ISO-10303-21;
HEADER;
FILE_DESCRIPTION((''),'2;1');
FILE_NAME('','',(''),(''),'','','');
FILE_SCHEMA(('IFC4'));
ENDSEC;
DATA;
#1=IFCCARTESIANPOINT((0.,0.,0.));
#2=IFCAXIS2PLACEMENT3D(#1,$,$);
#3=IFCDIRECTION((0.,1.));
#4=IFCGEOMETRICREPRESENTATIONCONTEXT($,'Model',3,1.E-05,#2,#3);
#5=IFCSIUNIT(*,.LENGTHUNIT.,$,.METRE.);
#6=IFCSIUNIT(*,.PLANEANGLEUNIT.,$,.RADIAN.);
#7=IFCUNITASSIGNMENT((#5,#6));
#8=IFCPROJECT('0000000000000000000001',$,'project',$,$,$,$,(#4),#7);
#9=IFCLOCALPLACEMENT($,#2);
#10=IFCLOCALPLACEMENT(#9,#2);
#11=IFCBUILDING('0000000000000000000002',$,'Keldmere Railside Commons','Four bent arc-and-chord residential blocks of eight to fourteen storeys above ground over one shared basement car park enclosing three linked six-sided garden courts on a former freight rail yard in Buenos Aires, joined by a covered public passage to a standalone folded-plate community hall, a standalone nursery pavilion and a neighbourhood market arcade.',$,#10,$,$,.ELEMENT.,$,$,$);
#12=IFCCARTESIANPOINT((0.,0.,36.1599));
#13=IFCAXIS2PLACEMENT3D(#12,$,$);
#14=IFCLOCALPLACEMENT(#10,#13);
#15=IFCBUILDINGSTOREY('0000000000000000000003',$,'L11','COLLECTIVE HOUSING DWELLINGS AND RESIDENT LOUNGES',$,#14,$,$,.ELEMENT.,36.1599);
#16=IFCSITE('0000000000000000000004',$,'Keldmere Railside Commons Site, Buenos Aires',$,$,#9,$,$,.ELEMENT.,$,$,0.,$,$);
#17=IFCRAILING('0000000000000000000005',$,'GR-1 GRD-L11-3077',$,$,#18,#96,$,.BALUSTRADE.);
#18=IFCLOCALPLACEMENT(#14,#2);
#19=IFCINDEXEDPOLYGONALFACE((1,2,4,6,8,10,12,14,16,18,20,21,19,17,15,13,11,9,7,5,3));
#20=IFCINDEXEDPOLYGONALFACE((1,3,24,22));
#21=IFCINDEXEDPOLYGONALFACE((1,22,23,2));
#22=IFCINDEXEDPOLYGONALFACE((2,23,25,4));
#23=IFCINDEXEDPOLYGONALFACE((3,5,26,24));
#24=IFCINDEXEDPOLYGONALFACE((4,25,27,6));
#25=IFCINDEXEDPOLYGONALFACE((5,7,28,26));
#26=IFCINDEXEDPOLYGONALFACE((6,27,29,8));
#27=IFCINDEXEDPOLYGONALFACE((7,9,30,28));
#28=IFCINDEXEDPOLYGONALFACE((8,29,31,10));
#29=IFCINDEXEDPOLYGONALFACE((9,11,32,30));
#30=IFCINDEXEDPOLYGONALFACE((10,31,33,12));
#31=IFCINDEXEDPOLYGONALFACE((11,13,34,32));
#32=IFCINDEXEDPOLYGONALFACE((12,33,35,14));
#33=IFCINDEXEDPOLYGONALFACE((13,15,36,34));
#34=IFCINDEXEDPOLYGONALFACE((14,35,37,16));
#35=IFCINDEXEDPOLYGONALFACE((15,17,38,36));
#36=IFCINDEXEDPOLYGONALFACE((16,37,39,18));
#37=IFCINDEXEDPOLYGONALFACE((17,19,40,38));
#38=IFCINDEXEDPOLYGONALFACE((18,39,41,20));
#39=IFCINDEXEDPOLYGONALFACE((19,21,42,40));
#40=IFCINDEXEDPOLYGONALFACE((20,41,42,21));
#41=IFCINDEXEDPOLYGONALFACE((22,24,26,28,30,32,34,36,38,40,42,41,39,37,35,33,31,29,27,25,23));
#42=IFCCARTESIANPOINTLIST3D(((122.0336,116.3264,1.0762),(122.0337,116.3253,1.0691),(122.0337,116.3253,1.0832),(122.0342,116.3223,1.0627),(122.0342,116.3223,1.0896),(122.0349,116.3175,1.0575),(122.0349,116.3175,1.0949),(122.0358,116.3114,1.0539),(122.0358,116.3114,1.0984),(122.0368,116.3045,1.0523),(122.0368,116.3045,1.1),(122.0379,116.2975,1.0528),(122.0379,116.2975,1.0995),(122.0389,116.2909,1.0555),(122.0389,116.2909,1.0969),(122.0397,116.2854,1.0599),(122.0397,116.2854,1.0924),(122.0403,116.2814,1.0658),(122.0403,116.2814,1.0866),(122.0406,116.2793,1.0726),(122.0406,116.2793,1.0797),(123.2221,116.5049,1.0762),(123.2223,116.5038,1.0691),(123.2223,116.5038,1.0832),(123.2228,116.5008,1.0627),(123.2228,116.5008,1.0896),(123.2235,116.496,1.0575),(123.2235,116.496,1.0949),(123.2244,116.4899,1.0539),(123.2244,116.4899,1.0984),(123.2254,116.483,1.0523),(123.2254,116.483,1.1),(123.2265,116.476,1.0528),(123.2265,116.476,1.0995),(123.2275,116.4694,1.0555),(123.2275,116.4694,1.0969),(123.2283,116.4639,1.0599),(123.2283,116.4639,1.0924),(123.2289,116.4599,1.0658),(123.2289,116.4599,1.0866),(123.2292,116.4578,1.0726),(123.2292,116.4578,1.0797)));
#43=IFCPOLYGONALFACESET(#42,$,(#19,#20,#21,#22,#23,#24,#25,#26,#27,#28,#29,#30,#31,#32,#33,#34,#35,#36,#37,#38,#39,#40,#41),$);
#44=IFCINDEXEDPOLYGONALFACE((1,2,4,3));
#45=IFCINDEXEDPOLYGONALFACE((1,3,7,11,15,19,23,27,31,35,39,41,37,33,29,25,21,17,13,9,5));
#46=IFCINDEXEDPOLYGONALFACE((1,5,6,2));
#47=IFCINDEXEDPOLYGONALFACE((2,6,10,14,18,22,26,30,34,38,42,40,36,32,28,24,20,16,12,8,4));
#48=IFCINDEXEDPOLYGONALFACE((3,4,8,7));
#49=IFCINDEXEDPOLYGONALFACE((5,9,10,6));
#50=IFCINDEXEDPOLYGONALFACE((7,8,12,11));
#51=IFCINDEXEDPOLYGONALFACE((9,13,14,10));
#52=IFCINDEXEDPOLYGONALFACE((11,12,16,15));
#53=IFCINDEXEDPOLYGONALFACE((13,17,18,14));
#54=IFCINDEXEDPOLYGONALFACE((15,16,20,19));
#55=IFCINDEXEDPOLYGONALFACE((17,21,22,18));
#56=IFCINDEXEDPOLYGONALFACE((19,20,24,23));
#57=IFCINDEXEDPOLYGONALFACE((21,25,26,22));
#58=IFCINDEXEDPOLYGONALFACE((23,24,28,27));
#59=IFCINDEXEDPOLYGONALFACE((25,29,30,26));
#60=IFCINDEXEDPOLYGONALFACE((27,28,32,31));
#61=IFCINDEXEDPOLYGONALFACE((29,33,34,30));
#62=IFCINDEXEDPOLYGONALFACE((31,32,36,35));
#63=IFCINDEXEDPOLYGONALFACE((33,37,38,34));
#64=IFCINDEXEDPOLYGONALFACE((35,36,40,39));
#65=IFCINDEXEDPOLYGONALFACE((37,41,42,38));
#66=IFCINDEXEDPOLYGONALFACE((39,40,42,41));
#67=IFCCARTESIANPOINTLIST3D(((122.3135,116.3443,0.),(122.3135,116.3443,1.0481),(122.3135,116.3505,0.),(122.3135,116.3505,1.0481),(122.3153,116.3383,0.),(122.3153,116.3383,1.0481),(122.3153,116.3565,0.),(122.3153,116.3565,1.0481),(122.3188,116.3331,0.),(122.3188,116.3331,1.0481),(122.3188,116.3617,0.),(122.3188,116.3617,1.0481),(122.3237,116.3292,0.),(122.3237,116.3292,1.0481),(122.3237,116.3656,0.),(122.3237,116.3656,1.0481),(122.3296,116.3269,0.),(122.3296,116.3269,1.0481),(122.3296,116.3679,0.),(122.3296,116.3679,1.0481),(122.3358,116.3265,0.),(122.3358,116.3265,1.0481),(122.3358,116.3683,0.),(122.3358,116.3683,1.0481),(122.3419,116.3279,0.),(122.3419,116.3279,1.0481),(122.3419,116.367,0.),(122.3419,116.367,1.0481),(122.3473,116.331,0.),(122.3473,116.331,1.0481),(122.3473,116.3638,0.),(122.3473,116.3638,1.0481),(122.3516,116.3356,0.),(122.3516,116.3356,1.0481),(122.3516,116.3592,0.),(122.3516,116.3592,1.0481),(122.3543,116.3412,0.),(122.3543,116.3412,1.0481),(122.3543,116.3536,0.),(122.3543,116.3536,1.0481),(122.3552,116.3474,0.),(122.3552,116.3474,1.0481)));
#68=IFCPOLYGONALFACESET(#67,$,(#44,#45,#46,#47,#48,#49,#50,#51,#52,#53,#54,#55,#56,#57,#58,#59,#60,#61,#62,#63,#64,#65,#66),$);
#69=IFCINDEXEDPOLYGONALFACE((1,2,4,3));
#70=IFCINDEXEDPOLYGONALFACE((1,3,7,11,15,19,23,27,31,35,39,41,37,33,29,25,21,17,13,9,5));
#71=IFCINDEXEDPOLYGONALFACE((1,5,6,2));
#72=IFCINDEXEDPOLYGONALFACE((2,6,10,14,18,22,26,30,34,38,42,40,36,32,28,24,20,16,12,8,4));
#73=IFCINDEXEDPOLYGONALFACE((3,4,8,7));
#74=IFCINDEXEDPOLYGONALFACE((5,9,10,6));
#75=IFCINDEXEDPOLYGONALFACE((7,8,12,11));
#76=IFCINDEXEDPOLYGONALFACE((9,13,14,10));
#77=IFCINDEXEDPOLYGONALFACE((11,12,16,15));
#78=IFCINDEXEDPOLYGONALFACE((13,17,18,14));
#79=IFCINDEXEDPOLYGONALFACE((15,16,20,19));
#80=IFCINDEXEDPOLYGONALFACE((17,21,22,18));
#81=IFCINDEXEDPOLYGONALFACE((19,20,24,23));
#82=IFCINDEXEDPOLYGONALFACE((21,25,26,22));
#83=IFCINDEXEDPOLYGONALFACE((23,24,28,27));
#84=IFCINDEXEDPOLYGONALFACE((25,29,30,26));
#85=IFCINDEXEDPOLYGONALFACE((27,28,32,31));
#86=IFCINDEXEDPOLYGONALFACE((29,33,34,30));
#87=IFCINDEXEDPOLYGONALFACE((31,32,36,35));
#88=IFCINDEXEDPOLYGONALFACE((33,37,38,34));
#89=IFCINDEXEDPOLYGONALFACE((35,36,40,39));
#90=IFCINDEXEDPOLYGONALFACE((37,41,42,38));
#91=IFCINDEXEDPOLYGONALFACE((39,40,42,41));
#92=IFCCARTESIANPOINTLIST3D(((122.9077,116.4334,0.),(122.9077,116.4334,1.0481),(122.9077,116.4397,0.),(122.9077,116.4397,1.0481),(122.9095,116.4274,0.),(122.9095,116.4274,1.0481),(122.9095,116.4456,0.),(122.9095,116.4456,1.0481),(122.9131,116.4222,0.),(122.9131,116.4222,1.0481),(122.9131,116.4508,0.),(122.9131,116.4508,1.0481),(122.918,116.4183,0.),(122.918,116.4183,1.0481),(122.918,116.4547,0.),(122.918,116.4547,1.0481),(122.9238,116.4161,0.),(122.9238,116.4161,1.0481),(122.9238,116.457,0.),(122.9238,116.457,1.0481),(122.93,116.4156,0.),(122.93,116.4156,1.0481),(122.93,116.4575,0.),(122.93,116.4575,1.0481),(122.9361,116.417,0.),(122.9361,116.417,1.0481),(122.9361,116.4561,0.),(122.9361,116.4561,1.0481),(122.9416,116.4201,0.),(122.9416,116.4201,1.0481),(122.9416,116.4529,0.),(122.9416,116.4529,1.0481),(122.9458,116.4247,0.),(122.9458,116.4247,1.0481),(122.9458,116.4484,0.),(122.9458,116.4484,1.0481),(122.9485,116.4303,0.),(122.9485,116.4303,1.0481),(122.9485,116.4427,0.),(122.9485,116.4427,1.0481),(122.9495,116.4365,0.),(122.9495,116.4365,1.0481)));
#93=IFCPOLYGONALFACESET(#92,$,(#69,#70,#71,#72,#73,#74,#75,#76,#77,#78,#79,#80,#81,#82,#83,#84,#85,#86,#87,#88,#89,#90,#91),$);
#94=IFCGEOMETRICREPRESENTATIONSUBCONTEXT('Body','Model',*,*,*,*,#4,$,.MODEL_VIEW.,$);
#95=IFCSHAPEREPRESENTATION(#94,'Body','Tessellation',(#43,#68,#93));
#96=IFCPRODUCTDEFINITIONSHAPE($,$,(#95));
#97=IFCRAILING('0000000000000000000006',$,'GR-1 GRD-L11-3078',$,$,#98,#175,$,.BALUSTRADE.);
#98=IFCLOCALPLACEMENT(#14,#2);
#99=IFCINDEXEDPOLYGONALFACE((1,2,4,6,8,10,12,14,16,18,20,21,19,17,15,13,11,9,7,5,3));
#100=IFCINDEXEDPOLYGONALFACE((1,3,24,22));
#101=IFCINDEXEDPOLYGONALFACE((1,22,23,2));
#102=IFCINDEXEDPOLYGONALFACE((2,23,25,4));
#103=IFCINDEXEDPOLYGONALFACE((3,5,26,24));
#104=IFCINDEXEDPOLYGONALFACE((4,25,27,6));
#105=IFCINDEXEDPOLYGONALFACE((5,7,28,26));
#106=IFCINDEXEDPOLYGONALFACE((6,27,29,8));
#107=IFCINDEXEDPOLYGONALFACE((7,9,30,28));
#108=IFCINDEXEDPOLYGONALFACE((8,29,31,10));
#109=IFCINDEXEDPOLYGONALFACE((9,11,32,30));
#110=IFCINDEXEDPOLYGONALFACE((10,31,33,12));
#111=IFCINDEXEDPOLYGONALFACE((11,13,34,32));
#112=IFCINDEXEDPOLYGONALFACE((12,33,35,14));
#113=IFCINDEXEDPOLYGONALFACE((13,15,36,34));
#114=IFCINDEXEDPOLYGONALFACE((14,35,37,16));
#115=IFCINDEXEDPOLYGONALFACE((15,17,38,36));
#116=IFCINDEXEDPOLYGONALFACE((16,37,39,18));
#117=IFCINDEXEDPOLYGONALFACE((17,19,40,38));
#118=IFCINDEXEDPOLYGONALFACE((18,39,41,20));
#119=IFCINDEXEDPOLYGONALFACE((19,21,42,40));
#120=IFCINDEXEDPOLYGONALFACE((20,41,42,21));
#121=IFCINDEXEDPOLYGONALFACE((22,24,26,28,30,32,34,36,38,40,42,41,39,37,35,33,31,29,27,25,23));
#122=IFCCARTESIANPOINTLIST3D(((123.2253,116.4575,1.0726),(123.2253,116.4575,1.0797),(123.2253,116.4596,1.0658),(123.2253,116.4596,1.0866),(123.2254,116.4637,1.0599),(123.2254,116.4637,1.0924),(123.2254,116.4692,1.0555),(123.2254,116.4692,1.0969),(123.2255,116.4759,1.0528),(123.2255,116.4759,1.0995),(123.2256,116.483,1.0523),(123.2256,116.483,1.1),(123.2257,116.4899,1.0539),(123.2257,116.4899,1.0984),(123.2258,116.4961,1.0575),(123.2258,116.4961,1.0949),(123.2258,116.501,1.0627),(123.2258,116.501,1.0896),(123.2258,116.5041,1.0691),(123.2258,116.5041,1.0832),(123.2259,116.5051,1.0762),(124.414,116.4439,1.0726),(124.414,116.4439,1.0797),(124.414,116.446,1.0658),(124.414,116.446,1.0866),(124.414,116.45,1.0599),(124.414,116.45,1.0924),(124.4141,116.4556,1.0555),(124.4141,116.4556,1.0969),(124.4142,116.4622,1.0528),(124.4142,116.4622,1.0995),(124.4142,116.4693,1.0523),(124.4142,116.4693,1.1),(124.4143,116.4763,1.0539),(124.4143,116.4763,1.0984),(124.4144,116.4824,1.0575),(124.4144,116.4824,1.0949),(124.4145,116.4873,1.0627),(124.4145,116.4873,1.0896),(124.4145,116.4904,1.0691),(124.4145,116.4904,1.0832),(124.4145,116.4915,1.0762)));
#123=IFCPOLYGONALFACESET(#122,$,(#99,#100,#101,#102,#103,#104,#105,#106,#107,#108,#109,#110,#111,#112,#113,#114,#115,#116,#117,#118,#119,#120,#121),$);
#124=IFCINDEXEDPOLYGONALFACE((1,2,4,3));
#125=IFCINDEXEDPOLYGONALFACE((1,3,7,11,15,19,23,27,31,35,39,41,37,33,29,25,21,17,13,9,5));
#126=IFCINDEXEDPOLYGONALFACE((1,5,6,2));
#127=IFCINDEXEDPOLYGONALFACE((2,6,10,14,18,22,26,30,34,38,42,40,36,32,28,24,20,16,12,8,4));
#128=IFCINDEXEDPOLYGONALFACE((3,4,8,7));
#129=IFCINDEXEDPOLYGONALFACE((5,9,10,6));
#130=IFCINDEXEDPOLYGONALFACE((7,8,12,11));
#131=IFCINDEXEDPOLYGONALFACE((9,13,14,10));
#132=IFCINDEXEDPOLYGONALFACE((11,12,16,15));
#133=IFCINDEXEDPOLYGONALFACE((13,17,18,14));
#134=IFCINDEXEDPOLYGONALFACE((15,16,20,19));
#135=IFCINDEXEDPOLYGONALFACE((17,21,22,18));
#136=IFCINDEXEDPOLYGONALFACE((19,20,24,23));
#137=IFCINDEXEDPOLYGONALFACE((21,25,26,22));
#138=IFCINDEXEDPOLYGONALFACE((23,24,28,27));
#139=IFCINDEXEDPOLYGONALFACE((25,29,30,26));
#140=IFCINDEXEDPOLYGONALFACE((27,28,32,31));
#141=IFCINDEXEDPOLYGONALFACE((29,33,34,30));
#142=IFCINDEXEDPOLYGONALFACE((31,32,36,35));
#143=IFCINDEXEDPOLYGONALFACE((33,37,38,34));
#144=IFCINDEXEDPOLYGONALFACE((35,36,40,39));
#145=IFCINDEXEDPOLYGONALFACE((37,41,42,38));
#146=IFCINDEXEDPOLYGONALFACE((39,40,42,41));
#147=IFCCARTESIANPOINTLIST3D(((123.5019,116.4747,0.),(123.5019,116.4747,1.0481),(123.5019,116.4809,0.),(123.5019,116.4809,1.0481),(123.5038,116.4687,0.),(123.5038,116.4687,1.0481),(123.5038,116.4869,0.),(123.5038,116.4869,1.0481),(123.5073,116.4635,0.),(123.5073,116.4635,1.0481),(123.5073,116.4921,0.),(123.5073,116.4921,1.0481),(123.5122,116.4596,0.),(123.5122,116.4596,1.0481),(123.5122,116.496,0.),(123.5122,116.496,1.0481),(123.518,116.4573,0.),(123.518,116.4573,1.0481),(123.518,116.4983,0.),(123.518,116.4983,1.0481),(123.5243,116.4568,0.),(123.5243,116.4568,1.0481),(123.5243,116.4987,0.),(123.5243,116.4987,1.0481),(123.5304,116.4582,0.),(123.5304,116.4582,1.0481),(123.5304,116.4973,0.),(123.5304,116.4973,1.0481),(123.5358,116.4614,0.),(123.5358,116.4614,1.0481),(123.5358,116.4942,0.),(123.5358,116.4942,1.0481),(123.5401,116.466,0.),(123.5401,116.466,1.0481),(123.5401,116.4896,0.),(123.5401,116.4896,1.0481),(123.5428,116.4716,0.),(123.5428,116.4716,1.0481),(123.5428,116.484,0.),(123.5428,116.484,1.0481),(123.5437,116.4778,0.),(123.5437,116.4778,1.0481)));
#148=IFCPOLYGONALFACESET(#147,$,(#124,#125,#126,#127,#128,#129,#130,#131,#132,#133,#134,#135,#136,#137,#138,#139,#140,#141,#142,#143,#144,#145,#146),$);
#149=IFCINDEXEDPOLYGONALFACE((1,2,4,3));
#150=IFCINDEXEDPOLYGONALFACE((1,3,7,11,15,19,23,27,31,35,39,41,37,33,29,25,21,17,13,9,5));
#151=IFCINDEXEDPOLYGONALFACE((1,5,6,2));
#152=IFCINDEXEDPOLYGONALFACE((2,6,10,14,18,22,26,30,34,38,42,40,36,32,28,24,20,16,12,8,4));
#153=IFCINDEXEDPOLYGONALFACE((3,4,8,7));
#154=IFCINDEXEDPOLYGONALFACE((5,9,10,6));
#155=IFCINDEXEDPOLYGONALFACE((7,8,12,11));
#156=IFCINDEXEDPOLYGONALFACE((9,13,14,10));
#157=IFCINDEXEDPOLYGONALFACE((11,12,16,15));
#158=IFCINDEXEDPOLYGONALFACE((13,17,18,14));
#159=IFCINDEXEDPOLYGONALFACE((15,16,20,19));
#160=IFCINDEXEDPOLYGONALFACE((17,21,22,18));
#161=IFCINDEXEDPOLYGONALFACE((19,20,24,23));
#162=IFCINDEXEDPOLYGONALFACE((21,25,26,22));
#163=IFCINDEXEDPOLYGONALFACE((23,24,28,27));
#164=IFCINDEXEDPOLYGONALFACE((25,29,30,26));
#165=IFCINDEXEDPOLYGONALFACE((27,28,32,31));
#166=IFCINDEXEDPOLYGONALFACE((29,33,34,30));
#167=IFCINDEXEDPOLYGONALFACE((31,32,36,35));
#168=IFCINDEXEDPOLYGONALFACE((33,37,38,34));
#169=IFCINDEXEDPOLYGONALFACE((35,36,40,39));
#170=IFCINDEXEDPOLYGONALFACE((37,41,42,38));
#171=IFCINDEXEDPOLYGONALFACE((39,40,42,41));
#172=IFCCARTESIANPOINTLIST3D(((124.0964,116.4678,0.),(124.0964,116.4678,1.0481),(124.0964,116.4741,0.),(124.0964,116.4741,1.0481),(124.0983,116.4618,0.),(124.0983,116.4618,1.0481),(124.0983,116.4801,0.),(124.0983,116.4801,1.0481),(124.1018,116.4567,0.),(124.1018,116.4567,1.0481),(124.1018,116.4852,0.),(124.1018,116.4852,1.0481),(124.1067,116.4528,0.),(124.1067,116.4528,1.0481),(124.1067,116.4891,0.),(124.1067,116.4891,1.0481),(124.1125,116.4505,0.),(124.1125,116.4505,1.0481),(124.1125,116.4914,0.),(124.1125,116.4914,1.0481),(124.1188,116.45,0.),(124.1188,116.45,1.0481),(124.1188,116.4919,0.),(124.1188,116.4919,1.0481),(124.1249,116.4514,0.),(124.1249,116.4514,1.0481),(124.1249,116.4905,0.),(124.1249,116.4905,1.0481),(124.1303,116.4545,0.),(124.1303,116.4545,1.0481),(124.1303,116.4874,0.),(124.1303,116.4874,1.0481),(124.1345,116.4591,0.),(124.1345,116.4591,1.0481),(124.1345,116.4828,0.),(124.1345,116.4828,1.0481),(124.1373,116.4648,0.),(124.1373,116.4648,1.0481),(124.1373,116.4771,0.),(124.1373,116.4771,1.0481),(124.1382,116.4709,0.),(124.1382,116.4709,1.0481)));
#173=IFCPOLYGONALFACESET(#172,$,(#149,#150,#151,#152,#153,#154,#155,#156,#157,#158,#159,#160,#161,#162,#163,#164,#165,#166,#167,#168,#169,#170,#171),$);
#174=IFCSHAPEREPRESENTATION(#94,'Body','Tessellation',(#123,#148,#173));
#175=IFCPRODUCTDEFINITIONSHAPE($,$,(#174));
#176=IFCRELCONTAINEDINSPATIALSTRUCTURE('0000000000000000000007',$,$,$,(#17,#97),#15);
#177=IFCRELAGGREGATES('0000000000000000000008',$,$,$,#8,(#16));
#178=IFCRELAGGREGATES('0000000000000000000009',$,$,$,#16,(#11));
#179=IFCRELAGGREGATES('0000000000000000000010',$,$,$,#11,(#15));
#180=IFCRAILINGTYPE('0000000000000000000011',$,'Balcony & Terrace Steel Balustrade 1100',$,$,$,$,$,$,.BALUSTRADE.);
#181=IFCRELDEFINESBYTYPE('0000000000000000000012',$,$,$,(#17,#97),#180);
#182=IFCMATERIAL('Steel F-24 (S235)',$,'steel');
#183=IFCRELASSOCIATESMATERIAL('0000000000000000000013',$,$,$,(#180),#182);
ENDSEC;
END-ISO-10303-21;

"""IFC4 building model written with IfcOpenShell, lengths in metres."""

from ifc_helpers import new_model, si_unit, direction, frame, origin, origin_2d, place, context, subcontext, project, spatial, circle, extrude, material, type_object, element, save


model = new_model("IFC4")

# Units and contexts
model_context = context("Model", 3, precision=1e-05, world=origin(), true_north=direction((0.0, 1.0)))
body_context = subcontext(model_context, "Body", "Model", "MODEL_VIEW")
ifc_project = project(units=[si_unit("LENGTHUNIT", "METRE"), si_unit("PLANEANGLEUNIT", "RADIAN")], contexts=[model_context])

# Site, building, storey
site_placement = place(None, origin())
site = spatial("IfcSite", under=ifc_project, at=site_placement, Name="Keldmere Railside Commons Site, Buenos Aires", CompositionType="ELEMENT", RefElevation=0.0)
building_placement = place(site_placement, origin())
building = spatial("IfcBuilding", under=site, at=building_placement, Name="Keldmere Railside Commons", Description="Four bent arc-and-chord residential blocks of eight to fourteen storeys above ground over one shared basement car park enclosing three linked six-sided garden courts on a former freight rail yard in Buenos Aires, joined by a covered public passage to a standalone folded-plate community hall, a standalone nursery pavilion and a neighbourhood market arcade.", CompositionType="ELEMENT")
storey_placement = place(building_placement, frame((0.0, 0.0, 36.1599)))
storey = spatial("IfcBuildingStorey", under=building, at=storey_placement, Name="L11", Description="COLLECTIVE HOUSING DWELLINGS AND RESIDENT LOUNGES", CompositionType="ELEMENT", Elevation=36.1599)

# Railings
ifc_material_1 = material(Name="Steel F-24 (S235)", Category="steel")
railing_type_1 = type_object("IfcRailingType", Name="Balcony & Terrace Steel Balustrade 1100", PredefinedType="BALUSTRADE", material=ifc_material_1)
railing_1_placement = place(storey_placement, frame((122.0371, 116.3027, 0.0)))
element("IfcRailing", 1, at=railing_1_placement, inside=storey, type_object=railing_type_1, Name="GR-1 GRD-L11-3077", PredefinedType="BALUSTRADE", context=body_context, shape_type="SweptSolid", body=[
    extrude(circle(Radius=0.0239, at=origin_2d()), frame((0.0, 0.0, 1.0762), z_axis=(0.988912, 0.148499, 0.0), x_axis=(-0.148499, 0.988912, 0.0)), (0.0, 0.0, 1.0), 1.2019),
    extrude(circle(Radius=0.021, at=origin_2d()), frame((0.2971, 0.0447, 0.0)), (0.0, 0.0, 1.0), 1.0481),
    extrude(circle(Radius=0.021, at=origin_2d()), frame((0.8914, 0.1338, 0.0)), (0.0, 0.0, 1.0), 1.0481),
])
railing_2_placement = place(storey_placement, frame((123.2256, 116.4812, 0.0)))
element("IfcRailing", 2, at=railing_2_placement, inside=storey, type_object=railing_type_1, Name="GR-1 GRD-L11-3078", PredefinedType="BALUSTRADE", context=body_context, shape_type="SweptSolid", body=[
    extrude(circle(Radius=0.0239, at=origin_2d()), frame((0.0, 0.0, 1.0762), z_axis=(0.999934, -0.011501, 0.0), x_axis=(0.011501, 0.999934, 0.0)), (0.0, 0.0, 1.0), 1.1887),
    extrude(circle(Radius=0.021, at=origin_2d()), frame((0.2971, -0.0034, 0.0)), (0.0, 0.0, 1.0), 1.0481),
    extrude(circle(Radius=0.021, at=origin_2d()), frame((0.8916, -0.0103, 0.0)), (0.0, 0.0, 1.0), 1.0481),
])

save(model, "model.ifc")
